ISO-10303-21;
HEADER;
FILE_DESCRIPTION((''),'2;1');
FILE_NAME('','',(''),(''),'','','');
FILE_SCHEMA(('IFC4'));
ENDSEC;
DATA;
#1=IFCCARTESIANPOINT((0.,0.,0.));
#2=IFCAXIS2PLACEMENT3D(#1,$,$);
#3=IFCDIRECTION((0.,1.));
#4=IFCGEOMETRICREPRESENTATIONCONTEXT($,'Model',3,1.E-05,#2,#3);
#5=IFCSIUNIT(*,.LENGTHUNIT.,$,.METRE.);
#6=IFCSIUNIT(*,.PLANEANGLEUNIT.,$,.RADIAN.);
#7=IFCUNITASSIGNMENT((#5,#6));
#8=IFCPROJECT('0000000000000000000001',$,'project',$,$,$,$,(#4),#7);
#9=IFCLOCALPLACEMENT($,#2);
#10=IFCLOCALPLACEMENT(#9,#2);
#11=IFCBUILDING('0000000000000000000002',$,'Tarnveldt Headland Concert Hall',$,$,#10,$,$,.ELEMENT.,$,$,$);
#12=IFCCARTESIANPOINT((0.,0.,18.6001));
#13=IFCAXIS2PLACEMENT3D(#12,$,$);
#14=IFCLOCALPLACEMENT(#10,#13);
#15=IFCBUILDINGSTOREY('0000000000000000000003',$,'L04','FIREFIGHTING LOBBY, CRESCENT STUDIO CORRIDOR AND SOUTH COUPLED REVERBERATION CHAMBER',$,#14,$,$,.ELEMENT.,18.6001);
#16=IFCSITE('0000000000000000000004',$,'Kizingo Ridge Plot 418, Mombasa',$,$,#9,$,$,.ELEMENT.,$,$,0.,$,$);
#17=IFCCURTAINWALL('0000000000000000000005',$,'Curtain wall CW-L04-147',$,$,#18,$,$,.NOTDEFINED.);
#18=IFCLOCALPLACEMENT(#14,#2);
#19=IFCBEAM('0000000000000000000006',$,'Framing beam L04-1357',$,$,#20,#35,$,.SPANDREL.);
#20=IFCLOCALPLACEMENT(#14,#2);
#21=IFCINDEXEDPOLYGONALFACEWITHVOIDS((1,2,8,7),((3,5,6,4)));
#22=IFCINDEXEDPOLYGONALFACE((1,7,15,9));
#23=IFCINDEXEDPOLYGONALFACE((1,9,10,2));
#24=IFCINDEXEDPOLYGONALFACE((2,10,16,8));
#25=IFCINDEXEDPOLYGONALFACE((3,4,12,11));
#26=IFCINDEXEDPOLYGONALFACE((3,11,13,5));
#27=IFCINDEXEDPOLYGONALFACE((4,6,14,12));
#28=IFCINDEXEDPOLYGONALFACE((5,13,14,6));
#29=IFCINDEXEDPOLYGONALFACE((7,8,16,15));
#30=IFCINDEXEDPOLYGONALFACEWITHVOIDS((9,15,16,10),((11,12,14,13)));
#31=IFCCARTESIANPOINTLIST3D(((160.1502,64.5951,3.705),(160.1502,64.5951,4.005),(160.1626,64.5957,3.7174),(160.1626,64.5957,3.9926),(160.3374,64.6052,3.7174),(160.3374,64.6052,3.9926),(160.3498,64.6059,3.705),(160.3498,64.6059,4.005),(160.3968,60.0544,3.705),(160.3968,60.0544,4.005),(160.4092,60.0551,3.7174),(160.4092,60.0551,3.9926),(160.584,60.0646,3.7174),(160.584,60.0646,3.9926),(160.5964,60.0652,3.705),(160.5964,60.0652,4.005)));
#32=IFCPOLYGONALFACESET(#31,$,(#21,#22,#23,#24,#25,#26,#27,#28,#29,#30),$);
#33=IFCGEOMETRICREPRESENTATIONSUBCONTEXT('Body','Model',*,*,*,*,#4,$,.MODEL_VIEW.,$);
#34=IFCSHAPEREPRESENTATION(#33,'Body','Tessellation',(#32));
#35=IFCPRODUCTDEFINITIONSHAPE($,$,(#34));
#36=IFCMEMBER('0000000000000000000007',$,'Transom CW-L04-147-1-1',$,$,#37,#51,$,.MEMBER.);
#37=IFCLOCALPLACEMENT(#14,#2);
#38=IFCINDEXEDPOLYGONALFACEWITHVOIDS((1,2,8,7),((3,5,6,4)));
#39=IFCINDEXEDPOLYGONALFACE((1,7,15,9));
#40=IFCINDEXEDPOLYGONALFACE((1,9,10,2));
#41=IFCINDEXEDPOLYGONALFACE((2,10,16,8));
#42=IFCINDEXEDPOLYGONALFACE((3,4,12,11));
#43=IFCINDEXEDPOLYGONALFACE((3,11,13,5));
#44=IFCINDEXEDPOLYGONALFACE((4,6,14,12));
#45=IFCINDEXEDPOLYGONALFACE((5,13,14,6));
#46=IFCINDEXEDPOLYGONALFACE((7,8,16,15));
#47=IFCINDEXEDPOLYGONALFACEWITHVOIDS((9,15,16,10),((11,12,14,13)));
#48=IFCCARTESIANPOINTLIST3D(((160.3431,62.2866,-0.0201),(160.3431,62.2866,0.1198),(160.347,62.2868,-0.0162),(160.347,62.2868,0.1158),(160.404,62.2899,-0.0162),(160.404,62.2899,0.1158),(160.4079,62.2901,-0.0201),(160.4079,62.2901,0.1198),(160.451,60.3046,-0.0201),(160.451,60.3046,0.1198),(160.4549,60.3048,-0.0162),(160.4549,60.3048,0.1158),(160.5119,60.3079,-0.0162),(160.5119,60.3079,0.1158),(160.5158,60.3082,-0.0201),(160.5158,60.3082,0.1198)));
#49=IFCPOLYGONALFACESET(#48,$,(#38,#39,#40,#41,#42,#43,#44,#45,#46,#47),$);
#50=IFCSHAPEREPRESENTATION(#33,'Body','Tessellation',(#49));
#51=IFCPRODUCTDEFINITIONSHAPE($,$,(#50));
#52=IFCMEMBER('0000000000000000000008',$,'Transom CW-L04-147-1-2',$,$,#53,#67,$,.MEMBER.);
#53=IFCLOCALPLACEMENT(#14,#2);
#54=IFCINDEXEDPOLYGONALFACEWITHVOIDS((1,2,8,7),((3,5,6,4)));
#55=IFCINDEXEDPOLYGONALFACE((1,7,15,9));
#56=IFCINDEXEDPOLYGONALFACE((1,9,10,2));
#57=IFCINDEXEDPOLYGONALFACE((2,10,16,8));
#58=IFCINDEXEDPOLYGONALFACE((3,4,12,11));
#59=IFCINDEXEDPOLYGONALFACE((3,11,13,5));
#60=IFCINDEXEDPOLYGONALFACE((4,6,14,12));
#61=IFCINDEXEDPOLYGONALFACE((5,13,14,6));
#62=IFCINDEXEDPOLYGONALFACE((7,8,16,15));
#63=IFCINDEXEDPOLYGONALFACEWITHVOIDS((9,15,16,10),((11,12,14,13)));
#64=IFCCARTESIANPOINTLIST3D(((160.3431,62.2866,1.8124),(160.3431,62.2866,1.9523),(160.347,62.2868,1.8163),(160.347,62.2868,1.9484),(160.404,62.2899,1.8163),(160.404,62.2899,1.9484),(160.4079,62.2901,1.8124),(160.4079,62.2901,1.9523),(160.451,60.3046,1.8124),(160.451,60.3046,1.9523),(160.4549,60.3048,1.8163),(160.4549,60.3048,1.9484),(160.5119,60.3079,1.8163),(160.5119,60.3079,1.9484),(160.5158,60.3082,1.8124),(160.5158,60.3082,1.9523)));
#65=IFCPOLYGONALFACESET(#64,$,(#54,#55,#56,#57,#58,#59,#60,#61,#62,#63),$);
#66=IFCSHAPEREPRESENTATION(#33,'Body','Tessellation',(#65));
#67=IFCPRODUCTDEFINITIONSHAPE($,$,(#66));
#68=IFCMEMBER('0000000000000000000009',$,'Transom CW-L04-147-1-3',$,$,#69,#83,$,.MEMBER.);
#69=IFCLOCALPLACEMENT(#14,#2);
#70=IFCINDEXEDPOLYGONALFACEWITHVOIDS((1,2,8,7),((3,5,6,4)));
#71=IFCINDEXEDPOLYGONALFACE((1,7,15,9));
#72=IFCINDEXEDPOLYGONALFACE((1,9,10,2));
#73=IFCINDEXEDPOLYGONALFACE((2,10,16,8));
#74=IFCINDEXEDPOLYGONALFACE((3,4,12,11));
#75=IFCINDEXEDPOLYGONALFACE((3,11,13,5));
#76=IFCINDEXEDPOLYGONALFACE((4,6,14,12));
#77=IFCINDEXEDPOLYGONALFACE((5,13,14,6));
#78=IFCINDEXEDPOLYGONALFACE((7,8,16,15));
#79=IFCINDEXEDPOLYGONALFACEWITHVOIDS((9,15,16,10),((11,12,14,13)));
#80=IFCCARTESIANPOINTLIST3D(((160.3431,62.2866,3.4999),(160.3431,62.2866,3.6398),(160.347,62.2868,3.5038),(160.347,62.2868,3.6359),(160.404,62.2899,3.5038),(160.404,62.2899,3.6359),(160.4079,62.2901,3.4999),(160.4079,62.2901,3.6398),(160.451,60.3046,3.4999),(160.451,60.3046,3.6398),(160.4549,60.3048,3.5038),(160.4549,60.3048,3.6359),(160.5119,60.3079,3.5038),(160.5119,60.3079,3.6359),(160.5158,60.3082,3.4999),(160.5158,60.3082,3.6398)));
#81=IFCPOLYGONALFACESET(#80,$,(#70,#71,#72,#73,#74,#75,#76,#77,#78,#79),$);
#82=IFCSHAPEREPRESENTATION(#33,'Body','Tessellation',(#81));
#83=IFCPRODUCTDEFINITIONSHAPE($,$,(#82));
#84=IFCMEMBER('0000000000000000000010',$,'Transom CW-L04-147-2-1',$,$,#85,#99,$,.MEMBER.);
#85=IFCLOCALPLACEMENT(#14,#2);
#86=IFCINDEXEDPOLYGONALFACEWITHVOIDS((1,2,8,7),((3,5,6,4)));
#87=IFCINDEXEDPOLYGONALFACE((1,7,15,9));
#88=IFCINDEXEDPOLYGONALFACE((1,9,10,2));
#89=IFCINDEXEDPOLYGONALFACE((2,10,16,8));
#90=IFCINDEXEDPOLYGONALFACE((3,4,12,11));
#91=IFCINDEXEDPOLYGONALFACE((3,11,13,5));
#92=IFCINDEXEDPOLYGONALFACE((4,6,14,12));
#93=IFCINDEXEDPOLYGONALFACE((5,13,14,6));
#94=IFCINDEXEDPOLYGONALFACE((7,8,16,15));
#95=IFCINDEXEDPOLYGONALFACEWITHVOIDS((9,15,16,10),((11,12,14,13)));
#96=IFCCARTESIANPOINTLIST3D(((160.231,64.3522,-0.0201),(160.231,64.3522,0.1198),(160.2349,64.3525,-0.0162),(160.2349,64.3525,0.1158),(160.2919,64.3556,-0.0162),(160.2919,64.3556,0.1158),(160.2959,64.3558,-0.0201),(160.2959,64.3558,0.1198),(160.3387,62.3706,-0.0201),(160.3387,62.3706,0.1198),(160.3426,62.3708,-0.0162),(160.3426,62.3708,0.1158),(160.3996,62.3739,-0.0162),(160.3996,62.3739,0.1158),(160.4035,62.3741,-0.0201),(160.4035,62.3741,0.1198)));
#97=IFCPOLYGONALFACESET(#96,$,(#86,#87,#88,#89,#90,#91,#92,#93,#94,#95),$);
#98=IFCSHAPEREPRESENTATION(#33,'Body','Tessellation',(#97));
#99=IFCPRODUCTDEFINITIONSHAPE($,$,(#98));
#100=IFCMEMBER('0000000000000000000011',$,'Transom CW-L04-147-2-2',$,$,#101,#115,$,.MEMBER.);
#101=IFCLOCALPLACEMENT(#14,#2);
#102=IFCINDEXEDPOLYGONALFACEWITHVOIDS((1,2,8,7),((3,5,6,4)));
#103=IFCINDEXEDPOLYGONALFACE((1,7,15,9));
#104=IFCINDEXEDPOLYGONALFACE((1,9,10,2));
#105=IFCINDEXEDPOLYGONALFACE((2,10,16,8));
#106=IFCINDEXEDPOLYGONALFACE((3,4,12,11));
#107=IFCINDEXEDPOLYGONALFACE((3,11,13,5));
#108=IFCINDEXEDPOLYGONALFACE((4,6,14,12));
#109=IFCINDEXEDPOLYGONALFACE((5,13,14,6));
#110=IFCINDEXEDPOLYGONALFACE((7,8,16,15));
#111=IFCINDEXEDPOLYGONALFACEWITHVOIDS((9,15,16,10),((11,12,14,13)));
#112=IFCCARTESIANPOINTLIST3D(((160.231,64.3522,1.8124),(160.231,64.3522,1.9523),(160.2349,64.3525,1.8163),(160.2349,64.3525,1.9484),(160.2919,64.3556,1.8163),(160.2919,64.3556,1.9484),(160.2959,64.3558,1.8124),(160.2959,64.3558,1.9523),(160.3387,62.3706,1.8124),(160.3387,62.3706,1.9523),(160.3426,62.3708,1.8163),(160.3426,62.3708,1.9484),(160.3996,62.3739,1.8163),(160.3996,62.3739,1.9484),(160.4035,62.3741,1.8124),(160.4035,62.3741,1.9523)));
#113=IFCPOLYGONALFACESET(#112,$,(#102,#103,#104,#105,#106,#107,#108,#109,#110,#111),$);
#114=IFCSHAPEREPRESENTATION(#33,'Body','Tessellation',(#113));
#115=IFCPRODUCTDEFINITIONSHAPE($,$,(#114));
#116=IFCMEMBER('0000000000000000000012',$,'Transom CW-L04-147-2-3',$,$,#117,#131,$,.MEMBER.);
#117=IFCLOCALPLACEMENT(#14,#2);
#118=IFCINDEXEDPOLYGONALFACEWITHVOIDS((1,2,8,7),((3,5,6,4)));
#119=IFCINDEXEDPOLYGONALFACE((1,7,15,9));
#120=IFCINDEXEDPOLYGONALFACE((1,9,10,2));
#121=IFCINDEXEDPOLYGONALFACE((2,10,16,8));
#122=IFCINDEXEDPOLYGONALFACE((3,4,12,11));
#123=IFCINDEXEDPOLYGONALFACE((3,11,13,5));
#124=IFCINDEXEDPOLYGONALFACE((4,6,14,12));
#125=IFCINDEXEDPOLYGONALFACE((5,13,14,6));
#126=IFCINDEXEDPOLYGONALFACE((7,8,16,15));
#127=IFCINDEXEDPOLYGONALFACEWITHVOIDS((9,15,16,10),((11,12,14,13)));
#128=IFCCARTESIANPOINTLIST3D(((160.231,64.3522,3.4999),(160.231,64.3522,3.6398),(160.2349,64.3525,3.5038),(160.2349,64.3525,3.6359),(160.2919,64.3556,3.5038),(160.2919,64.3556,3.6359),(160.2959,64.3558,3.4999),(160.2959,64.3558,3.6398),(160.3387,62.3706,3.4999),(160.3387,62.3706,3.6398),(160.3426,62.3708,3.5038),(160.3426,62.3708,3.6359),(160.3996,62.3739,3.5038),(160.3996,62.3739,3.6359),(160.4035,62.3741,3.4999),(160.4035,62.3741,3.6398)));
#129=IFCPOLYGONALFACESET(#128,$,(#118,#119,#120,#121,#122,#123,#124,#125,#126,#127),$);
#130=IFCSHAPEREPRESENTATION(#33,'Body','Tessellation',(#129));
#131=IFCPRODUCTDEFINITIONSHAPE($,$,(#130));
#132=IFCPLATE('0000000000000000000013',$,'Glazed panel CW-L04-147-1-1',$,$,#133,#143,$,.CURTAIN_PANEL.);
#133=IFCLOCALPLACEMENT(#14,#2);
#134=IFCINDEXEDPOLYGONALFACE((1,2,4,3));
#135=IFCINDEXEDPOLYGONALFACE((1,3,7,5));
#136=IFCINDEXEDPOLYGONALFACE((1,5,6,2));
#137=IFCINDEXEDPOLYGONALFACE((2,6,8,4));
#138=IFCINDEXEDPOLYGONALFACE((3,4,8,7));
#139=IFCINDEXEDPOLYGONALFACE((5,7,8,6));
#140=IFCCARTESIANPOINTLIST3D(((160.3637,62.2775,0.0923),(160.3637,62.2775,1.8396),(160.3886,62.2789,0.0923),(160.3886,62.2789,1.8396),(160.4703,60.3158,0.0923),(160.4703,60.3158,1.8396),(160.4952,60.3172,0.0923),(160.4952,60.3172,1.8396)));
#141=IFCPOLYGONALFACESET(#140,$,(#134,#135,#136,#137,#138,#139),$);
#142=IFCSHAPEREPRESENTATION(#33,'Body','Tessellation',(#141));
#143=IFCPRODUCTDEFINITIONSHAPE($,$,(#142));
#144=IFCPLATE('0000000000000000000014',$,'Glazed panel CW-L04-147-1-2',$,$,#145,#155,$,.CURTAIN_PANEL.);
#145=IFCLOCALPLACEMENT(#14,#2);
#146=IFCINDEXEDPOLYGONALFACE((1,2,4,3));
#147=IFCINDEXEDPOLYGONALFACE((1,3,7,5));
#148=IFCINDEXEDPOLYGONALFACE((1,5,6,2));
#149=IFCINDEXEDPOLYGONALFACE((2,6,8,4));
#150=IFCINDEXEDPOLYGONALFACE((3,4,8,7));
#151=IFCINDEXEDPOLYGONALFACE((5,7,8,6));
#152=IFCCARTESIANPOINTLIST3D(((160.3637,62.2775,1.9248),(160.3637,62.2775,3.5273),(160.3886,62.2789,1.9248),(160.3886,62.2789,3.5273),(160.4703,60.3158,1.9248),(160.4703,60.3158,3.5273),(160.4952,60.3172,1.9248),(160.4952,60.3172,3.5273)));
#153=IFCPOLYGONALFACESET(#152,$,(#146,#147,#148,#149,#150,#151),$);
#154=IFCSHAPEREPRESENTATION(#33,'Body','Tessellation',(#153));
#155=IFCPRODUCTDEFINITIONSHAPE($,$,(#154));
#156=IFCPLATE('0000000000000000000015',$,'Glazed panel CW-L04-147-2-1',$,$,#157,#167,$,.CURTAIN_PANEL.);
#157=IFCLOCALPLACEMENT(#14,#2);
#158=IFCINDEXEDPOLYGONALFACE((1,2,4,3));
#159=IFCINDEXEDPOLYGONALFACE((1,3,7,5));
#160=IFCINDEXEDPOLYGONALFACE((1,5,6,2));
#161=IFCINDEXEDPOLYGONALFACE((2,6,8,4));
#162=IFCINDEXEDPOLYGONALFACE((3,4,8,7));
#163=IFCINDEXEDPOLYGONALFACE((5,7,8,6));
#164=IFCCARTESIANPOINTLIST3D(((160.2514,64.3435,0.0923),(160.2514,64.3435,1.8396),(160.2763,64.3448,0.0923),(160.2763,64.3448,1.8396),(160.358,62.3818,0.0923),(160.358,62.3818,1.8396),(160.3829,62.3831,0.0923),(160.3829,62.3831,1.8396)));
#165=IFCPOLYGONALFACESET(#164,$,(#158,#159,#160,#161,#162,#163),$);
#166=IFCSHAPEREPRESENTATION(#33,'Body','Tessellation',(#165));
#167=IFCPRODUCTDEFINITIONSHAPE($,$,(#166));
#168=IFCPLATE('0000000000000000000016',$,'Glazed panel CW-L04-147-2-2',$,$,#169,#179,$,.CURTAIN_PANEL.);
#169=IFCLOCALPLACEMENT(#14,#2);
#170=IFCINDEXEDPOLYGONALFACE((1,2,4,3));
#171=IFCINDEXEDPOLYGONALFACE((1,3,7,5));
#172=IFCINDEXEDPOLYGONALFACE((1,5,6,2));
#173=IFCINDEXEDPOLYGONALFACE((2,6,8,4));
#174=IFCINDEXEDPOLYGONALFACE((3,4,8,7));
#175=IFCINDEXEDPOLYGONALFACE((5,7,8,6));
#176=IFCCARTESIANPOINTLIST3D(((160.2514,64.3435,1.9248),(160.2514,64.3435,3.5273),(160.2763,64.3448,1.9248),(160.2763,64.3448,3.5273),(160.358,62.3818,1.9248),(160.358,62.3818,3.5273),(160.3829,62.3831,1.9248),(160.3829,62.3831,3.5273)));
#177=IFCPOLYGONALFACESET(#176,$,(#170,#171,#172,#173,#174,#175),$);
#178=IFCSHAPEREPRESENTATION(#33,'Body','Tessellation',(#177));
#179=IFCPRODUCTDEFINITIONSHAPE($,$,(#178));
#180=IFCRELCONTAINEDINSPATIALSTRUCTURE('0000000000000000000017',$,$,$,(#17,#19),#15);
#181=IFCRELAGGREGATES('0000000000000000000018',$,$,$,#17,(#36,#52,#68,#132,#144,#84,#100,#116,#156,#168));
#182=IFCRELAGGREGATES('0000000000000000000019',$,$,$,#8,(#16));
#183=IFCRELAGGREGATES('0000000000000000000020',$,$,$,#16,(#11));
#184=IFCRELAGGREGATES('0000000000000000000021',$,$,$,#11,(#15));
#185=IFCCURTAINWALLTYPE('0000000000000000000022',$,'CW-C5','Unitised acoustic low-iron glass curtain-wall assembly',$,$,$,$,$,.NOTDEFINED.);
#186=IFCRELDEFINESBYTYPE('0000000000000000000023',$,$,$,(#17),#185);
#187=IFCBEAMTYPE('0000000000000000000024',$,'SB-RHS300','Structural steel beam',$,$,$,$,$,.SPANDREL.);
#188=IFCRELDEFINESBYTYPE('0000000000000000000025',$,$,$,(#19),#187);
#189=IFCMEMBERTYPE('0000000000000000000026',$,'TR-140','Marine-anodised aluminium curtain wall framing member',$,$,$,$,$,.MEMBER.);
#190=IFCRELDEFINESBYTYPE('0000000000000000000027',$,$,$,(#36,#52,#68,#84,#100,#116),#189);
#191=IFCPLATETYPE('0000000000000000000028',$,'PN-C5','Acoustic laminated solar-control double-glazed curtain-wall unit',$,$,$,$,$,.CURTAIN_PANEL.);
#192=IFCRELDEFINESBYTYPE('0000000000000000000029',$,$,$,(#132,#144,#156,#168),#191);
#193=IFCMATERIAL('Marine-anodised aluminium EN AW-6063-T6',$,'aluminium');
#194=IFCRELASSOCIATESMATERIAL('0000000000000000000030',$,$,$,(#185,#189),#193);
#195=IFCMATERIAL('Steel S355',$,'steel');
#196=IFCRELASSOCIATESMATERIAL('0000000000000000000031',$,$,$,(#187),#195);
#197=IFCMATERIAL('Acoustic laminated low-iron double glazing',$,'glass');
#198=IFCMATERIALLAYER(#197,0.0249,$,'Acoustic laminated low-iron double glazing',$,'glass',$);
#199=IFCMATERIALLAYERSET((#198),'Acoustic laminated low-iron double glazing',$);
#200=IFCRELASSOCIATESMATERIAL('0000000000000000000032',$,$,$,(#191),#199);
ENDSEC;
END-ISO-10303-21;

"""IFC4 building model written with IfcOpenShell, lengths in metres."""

from ifc_helpers import new_model, si_unit, direction, frame, origin, origin_2d, place, context, subcontext, project, spatial, rectangle, hollow_rectangle, extrude, material, layer, layer_set, material_profile, profile_set, type_object, element, aggregate, save


model = new_model("IFC4")

# Units and contexts
model_context = context("Model", 3, precision=1e-05, world=origin(), true_north=direction((0.0, 1.0)))
body_context = subcontext(model_context, "Body", "Model", "MODEL_VIEW")
ifc_project = project(units=[si_unit("LENGTHUNIT", "METRE"), si_unit("PLANEANGLEUNIT", "RADIAN")], contexts=[model_context])

# Site, building, storey
site_placement = place(None, origin())
site = spatial("IfcSite", under=ifc_project, at=site_placement, Name="Kizingo Ridge Plot 418, Mombasa", CompositionType="ELEMENT", RefElevation=0.0)
building_placement = place(site_placement, origin())
building = spatial("IfcBuilding", under=site, at=building_placement, Name="Tarnveldt Headland Concert Hall", CompositionType="ELEMENT")
storey_placement = place(building_placement, frame((0.0, 0.0, 18.6001)))
storey = spatial("IfcBuildingStorey", under=building, at=storey_placement, Name="L04", Description="FIREFIGHTING LOBBY, CRESCENT STUDIO CORRIDOR AND SOUTH COUPLED REVERBERATION CHAMBER", CompositionType="ELEMENT", Elevation=18.6001)

# Shared definitions
ifc_material_1 = material(Name="Steel S355", Category="steel")

# Curtain wall
ifc_material_2 = material(Name="Marine-anodised aluminium EN AW-6063-T6", Category="aluminium")
curtain_wall_type = type_object("IfcCurtainWallType", Name="CW-C5", Description="Unitised acoustic low-iron glass curtain-wall assembly", PredefinedType="NOTDEFINED", material=ifc_material_2)
curtain_wall_placement = place(storey_placement, origin())
curtain_wall = element("IfcCurtainWall", 1, at=curtain_wall_placement, inside=storey, type_object=curtain_wall_type, Name="Curtain wall CW-L04-147", PredefinedType="NOTDEFINED")

# Beam
ifc_material_profile_1 = material_profile(ifc_material_1, hollow_rectangle(XDim=0.2, YDim=0.3, WallThickness=0.0125, at=origin_2d()), Name="RHS 300x200x12.5", Category="steel")
ifc_profile_set_1 = profile_set([ifc_material_profile_1], Name="Steel S355")
beam_type_1 = type_object("IfcBeamType", Name="SB-RHS300", Description="Structural steel beam", PredefinedType="SPANDREL", material=ifc_profile_set_1)
beam_1_placement = place(storey_placement, frame((160.4966, 60.0598, 3.855), z_axis=(-0.054224, 0.998529, 0.0), x_axis=(-0.998529, -0.054224, 0.0)))
element("IfcBeam", 2, at=beam_1_placement, inside=storey, type_object=beam_type_1, Name="Framing beam L04-1357", PredefinedType="SPANDREL", context=body_context, shape_type="SweptSolid", body=[
    extrude(hollow_rectangle(XDim=0.2, YDim=0.3, WallThickness=0.0125, at=origin_2d()), origin(), (0.0, 0.0, 1.0), 4.5474),
])

# Members
ifc_material_profile_2 = material_profile(ifc_material_2, hollow_rectangle(XDim=0.0649, YDim=0.1399, WallThickness=0.0039, at=origin_2d()), Name="ALU TRANSOM 65x140x4", Category="aluminium")
ifc_profile_set_2 = profile_set([ifc_material_profile_2], Name="Marine-anodised aluminium EN AW-6063-T6")
member_type_1 = type_object("IfcMemberType", Name="TR-140", Description="Marine-anodised aluminium curtain wall framing member", PredefinedType="MEMBER", material=ifc_profile_set_2)
member_1_placement = place(storey_placement, frame((160.4834, 60.3064, 0.0498), z_axis=(-0.054366, 0.998521, 0.0), x_axis=(-0.998521, -0.054366, 0.0)))
member_1 = element("IfcMember", 3, at=member_1_placement, type_object=member_type_1, Name="Transom CW-L04-147-1-1", PredefinedType="MEMBER", context=body_context, shape_type="SweptSolid", body=[
    extrude(hollow_rectangle(XDim=0.0649, YDim=0.1399, WallThickness=0.0039, at=origin_2d()), origin(), (0.0, 0.0, 1.0), 1.9849),
])
member_2_placement = place(storey_placement, frame((160.4834, 60.3064, 1.8823), z_axis=(-0.054366, 0.998521, 0.0), x_axis=(-0.998521, -0.054366, 0.0)))
member_2 = element("IfcMember", 4, at=member_2_placement, type_object=member_type_1, Name="Transom CW-L04-147-1-2", PredefinedType="MEMBER", context=body_context, shape_type="SweptSolid", body=[
    extrude(hollow_rectangle(XDim=0.0649, YDim=0.1399, WallThickness=0.0039, at=origin_2d()), origin(), (0.0, 0.0, 1.0), 1.9849),
])
member_3_placement = place(storey_placement, frame((160.4834, 60.3064, 3.5698), z_axis=(-0.054366, 0.998521, 0.0), x_axis=(-0.998521, -0.054366, 0.0)))
member_3 = element("IfcMember", 5, at=member_3_placement, type_object=member_type_1, Name="Transom CW-L04-147-1-3", PredefinedType="MEMBER", context=body_context, shape_type="SweptSolid", body=[
    extrude(hollow_rectangle(XDim=0.0649, YDim=0.1399, WallThickness=0.0039, at=origin_2d()), origin(), (0.0, 0.0, 1.0), 1.9849),
])
member_4_placement = place(storey_placement, frame((160.3711, 62.3723, 0.0498), z_axis=(-0.05425, 0.998527, 0.0), x_axis=(-0.998527, -0.05425, 0.0)))
member_4 = element("IfcMember", 6, at=member_4_placement, type_object=member_type_1, Name="Transom CW-L04-147-2-1", PredefinedType="MEMBER", context=body_context, shape_type="SweptSolid", body=[
    extrude(hollow_rectangle(XDim=0.0649, YDim=0.1399, WallThickness=0.0039, at=origin_2d()), origin(), (0.0, 0.0, 1.0), 1.9846),
])
member_5_placement = place(storey_placement, frame((160.3711, 62.3723, 1.8823), z_axis=(-0.05425, 0.998527, 0.0), x_axis=(-0.998527, -0.05425, 0.0)))
member_5 = element("IfcMember", 7, at=member_5_placement, type_object=member_type_1, Name="Transom CW-L04-147-2-2", PredefinedType="MEMBER", context=body_context, shape_type="SweptSolid", body=[
    extrude(hollow_rectangle(XDim=0.0649, YDim=0.1399, WallThickness=0.0039, at=origin_2d()), origin(), (0.0, 0.0, 1.0), 1.9846),
])
member_6_placement = place(storey_placement, frame((160.3711, 62.3723, 3.5698), z_axis=(-0.05425, 0.998527, 0.0), x_axis=(-0.998527, -0.05425, 0.0)))
member_6 = element("IfcMember", 8, at=member_6_placement, type_object=member_type_1, Name="Transom CW-L04-147-2-3", PredefinedType="MEMBER", context=body_context, shape_type="SweptSolid", body=[
    extrude(hollow_rectangle(XDim=0.0649, YDim=0.1399, WallThickness=0.0039, at=origin_2d()), origin(), (0.0, 0.0, 1.0), 1.9846),
])

# Plates
ifc_material_3 = material(Name="Acoustic laminated low-iron double glazing", Category="glass")
ifc_layer_1 = layer(ifc_material_3, 0.0249, Name="Acoustic laminated low-iron double glazing", Category="glass")
ifc_layer_set_1 = layer_set([ifc_layer_1], Name="Acoustic laminated low-iron double glazing")
plate_type = type_object("IfcPlateType", Name="PN-C5", Description="Acoustic laminated solar-control double-glazed curtain-wall unit", PredefinedType="CURTAIN_PANEL", material=ifc_layer_set_1)
plate_1_placement = place(storey_placement, frame((160.4294, 61.2974, 0.0923), z_axis=(0.0, 0.0, 1.0), x_axis=(-0.054253, 0.998527, 0.0)))
plate_1 = element("IfcPlate", 9, at=plate_1_placement, type_object=plate_type, Name="Glazed panel CW-L04-147-1-1", PredefinedType="CURTAIN_PANEL", context=body_context, shape_type="SweptSolid", body=[
    extrude(rectangle(XDim=1.9646, YDim=0.0249, at=origin_2d()), origin(), (0.0, 0.0, 1.0), 1.7473),
])
plate_2_placement = place(storey_placement, frame((160.4294, 61.2974, 1.9248), z_axis=(0.0, 0.0, 1.0), x_axis=(-0.054253, 0.998527, 0.0)))
plate_2 = element("IfcPlate", 10, at=plate_2_placement, type_object=plate_type, Name="Glazed panel CW-L04-147-1-2", PredefinedType="CURTAIN_PANEL", context=body_context, shape_type="SweptSolid", body=[
    extrude(rectangle(XDim=1.9646, YDim=0.0249, at=origin_2d()), origin(), (0.0, 0.0, 1.0), 1.6025),
])
plate_3_placement = place(storey_placement, frame((160.3171, 63.3633, 0.0923), z_axis=(0.0, 0.0, 1.0), x_axis=(-0.054253, 0.998527, 0.0)))
plate_3 = element("IfcPlate", 11, at=plate_3_placement, type_object=plate_type, Name="Glazed panel CW-L04-147-2-1", PredefinedType="CURTAIN_PANEL", context=body_context, shape_type="SweptSolid", body=[
    extrude(rectangle(XDim=1.9646, YDim=0.0249, at=origin_2d()), origin(), (0.0, 0.0, 1.0), 1.7473),
])
plate_4_placement = place(storey_placement, frame((160.3171, 63.3633, 1.9248), z_axis=(0.0, 0.0, 1.0), x_axis=(-0.054253, 0.998527, 0.0)))
plate_4 = element("IfcPlate", 12, at=plate_4_placement, type_object=plate_type, Name="Glazed panel CW-L04-147-2-2", PredefinedType="CURTAIN_PANEL", context=body_context, shape_type="SweptSolid", body=[
    extrude(rectangle(XDim=1.9646, YDim=0.0249, at=origin_2d()), origin(), (0.0, 0.0, 1.0), 1.6025),
])
aggregate(curtain_wall, [member_1, member_2, member_3, plate_1, plate_2, member_4, member_5, member_6, plate_3, plate_4])

save(model, "model.ifc")
